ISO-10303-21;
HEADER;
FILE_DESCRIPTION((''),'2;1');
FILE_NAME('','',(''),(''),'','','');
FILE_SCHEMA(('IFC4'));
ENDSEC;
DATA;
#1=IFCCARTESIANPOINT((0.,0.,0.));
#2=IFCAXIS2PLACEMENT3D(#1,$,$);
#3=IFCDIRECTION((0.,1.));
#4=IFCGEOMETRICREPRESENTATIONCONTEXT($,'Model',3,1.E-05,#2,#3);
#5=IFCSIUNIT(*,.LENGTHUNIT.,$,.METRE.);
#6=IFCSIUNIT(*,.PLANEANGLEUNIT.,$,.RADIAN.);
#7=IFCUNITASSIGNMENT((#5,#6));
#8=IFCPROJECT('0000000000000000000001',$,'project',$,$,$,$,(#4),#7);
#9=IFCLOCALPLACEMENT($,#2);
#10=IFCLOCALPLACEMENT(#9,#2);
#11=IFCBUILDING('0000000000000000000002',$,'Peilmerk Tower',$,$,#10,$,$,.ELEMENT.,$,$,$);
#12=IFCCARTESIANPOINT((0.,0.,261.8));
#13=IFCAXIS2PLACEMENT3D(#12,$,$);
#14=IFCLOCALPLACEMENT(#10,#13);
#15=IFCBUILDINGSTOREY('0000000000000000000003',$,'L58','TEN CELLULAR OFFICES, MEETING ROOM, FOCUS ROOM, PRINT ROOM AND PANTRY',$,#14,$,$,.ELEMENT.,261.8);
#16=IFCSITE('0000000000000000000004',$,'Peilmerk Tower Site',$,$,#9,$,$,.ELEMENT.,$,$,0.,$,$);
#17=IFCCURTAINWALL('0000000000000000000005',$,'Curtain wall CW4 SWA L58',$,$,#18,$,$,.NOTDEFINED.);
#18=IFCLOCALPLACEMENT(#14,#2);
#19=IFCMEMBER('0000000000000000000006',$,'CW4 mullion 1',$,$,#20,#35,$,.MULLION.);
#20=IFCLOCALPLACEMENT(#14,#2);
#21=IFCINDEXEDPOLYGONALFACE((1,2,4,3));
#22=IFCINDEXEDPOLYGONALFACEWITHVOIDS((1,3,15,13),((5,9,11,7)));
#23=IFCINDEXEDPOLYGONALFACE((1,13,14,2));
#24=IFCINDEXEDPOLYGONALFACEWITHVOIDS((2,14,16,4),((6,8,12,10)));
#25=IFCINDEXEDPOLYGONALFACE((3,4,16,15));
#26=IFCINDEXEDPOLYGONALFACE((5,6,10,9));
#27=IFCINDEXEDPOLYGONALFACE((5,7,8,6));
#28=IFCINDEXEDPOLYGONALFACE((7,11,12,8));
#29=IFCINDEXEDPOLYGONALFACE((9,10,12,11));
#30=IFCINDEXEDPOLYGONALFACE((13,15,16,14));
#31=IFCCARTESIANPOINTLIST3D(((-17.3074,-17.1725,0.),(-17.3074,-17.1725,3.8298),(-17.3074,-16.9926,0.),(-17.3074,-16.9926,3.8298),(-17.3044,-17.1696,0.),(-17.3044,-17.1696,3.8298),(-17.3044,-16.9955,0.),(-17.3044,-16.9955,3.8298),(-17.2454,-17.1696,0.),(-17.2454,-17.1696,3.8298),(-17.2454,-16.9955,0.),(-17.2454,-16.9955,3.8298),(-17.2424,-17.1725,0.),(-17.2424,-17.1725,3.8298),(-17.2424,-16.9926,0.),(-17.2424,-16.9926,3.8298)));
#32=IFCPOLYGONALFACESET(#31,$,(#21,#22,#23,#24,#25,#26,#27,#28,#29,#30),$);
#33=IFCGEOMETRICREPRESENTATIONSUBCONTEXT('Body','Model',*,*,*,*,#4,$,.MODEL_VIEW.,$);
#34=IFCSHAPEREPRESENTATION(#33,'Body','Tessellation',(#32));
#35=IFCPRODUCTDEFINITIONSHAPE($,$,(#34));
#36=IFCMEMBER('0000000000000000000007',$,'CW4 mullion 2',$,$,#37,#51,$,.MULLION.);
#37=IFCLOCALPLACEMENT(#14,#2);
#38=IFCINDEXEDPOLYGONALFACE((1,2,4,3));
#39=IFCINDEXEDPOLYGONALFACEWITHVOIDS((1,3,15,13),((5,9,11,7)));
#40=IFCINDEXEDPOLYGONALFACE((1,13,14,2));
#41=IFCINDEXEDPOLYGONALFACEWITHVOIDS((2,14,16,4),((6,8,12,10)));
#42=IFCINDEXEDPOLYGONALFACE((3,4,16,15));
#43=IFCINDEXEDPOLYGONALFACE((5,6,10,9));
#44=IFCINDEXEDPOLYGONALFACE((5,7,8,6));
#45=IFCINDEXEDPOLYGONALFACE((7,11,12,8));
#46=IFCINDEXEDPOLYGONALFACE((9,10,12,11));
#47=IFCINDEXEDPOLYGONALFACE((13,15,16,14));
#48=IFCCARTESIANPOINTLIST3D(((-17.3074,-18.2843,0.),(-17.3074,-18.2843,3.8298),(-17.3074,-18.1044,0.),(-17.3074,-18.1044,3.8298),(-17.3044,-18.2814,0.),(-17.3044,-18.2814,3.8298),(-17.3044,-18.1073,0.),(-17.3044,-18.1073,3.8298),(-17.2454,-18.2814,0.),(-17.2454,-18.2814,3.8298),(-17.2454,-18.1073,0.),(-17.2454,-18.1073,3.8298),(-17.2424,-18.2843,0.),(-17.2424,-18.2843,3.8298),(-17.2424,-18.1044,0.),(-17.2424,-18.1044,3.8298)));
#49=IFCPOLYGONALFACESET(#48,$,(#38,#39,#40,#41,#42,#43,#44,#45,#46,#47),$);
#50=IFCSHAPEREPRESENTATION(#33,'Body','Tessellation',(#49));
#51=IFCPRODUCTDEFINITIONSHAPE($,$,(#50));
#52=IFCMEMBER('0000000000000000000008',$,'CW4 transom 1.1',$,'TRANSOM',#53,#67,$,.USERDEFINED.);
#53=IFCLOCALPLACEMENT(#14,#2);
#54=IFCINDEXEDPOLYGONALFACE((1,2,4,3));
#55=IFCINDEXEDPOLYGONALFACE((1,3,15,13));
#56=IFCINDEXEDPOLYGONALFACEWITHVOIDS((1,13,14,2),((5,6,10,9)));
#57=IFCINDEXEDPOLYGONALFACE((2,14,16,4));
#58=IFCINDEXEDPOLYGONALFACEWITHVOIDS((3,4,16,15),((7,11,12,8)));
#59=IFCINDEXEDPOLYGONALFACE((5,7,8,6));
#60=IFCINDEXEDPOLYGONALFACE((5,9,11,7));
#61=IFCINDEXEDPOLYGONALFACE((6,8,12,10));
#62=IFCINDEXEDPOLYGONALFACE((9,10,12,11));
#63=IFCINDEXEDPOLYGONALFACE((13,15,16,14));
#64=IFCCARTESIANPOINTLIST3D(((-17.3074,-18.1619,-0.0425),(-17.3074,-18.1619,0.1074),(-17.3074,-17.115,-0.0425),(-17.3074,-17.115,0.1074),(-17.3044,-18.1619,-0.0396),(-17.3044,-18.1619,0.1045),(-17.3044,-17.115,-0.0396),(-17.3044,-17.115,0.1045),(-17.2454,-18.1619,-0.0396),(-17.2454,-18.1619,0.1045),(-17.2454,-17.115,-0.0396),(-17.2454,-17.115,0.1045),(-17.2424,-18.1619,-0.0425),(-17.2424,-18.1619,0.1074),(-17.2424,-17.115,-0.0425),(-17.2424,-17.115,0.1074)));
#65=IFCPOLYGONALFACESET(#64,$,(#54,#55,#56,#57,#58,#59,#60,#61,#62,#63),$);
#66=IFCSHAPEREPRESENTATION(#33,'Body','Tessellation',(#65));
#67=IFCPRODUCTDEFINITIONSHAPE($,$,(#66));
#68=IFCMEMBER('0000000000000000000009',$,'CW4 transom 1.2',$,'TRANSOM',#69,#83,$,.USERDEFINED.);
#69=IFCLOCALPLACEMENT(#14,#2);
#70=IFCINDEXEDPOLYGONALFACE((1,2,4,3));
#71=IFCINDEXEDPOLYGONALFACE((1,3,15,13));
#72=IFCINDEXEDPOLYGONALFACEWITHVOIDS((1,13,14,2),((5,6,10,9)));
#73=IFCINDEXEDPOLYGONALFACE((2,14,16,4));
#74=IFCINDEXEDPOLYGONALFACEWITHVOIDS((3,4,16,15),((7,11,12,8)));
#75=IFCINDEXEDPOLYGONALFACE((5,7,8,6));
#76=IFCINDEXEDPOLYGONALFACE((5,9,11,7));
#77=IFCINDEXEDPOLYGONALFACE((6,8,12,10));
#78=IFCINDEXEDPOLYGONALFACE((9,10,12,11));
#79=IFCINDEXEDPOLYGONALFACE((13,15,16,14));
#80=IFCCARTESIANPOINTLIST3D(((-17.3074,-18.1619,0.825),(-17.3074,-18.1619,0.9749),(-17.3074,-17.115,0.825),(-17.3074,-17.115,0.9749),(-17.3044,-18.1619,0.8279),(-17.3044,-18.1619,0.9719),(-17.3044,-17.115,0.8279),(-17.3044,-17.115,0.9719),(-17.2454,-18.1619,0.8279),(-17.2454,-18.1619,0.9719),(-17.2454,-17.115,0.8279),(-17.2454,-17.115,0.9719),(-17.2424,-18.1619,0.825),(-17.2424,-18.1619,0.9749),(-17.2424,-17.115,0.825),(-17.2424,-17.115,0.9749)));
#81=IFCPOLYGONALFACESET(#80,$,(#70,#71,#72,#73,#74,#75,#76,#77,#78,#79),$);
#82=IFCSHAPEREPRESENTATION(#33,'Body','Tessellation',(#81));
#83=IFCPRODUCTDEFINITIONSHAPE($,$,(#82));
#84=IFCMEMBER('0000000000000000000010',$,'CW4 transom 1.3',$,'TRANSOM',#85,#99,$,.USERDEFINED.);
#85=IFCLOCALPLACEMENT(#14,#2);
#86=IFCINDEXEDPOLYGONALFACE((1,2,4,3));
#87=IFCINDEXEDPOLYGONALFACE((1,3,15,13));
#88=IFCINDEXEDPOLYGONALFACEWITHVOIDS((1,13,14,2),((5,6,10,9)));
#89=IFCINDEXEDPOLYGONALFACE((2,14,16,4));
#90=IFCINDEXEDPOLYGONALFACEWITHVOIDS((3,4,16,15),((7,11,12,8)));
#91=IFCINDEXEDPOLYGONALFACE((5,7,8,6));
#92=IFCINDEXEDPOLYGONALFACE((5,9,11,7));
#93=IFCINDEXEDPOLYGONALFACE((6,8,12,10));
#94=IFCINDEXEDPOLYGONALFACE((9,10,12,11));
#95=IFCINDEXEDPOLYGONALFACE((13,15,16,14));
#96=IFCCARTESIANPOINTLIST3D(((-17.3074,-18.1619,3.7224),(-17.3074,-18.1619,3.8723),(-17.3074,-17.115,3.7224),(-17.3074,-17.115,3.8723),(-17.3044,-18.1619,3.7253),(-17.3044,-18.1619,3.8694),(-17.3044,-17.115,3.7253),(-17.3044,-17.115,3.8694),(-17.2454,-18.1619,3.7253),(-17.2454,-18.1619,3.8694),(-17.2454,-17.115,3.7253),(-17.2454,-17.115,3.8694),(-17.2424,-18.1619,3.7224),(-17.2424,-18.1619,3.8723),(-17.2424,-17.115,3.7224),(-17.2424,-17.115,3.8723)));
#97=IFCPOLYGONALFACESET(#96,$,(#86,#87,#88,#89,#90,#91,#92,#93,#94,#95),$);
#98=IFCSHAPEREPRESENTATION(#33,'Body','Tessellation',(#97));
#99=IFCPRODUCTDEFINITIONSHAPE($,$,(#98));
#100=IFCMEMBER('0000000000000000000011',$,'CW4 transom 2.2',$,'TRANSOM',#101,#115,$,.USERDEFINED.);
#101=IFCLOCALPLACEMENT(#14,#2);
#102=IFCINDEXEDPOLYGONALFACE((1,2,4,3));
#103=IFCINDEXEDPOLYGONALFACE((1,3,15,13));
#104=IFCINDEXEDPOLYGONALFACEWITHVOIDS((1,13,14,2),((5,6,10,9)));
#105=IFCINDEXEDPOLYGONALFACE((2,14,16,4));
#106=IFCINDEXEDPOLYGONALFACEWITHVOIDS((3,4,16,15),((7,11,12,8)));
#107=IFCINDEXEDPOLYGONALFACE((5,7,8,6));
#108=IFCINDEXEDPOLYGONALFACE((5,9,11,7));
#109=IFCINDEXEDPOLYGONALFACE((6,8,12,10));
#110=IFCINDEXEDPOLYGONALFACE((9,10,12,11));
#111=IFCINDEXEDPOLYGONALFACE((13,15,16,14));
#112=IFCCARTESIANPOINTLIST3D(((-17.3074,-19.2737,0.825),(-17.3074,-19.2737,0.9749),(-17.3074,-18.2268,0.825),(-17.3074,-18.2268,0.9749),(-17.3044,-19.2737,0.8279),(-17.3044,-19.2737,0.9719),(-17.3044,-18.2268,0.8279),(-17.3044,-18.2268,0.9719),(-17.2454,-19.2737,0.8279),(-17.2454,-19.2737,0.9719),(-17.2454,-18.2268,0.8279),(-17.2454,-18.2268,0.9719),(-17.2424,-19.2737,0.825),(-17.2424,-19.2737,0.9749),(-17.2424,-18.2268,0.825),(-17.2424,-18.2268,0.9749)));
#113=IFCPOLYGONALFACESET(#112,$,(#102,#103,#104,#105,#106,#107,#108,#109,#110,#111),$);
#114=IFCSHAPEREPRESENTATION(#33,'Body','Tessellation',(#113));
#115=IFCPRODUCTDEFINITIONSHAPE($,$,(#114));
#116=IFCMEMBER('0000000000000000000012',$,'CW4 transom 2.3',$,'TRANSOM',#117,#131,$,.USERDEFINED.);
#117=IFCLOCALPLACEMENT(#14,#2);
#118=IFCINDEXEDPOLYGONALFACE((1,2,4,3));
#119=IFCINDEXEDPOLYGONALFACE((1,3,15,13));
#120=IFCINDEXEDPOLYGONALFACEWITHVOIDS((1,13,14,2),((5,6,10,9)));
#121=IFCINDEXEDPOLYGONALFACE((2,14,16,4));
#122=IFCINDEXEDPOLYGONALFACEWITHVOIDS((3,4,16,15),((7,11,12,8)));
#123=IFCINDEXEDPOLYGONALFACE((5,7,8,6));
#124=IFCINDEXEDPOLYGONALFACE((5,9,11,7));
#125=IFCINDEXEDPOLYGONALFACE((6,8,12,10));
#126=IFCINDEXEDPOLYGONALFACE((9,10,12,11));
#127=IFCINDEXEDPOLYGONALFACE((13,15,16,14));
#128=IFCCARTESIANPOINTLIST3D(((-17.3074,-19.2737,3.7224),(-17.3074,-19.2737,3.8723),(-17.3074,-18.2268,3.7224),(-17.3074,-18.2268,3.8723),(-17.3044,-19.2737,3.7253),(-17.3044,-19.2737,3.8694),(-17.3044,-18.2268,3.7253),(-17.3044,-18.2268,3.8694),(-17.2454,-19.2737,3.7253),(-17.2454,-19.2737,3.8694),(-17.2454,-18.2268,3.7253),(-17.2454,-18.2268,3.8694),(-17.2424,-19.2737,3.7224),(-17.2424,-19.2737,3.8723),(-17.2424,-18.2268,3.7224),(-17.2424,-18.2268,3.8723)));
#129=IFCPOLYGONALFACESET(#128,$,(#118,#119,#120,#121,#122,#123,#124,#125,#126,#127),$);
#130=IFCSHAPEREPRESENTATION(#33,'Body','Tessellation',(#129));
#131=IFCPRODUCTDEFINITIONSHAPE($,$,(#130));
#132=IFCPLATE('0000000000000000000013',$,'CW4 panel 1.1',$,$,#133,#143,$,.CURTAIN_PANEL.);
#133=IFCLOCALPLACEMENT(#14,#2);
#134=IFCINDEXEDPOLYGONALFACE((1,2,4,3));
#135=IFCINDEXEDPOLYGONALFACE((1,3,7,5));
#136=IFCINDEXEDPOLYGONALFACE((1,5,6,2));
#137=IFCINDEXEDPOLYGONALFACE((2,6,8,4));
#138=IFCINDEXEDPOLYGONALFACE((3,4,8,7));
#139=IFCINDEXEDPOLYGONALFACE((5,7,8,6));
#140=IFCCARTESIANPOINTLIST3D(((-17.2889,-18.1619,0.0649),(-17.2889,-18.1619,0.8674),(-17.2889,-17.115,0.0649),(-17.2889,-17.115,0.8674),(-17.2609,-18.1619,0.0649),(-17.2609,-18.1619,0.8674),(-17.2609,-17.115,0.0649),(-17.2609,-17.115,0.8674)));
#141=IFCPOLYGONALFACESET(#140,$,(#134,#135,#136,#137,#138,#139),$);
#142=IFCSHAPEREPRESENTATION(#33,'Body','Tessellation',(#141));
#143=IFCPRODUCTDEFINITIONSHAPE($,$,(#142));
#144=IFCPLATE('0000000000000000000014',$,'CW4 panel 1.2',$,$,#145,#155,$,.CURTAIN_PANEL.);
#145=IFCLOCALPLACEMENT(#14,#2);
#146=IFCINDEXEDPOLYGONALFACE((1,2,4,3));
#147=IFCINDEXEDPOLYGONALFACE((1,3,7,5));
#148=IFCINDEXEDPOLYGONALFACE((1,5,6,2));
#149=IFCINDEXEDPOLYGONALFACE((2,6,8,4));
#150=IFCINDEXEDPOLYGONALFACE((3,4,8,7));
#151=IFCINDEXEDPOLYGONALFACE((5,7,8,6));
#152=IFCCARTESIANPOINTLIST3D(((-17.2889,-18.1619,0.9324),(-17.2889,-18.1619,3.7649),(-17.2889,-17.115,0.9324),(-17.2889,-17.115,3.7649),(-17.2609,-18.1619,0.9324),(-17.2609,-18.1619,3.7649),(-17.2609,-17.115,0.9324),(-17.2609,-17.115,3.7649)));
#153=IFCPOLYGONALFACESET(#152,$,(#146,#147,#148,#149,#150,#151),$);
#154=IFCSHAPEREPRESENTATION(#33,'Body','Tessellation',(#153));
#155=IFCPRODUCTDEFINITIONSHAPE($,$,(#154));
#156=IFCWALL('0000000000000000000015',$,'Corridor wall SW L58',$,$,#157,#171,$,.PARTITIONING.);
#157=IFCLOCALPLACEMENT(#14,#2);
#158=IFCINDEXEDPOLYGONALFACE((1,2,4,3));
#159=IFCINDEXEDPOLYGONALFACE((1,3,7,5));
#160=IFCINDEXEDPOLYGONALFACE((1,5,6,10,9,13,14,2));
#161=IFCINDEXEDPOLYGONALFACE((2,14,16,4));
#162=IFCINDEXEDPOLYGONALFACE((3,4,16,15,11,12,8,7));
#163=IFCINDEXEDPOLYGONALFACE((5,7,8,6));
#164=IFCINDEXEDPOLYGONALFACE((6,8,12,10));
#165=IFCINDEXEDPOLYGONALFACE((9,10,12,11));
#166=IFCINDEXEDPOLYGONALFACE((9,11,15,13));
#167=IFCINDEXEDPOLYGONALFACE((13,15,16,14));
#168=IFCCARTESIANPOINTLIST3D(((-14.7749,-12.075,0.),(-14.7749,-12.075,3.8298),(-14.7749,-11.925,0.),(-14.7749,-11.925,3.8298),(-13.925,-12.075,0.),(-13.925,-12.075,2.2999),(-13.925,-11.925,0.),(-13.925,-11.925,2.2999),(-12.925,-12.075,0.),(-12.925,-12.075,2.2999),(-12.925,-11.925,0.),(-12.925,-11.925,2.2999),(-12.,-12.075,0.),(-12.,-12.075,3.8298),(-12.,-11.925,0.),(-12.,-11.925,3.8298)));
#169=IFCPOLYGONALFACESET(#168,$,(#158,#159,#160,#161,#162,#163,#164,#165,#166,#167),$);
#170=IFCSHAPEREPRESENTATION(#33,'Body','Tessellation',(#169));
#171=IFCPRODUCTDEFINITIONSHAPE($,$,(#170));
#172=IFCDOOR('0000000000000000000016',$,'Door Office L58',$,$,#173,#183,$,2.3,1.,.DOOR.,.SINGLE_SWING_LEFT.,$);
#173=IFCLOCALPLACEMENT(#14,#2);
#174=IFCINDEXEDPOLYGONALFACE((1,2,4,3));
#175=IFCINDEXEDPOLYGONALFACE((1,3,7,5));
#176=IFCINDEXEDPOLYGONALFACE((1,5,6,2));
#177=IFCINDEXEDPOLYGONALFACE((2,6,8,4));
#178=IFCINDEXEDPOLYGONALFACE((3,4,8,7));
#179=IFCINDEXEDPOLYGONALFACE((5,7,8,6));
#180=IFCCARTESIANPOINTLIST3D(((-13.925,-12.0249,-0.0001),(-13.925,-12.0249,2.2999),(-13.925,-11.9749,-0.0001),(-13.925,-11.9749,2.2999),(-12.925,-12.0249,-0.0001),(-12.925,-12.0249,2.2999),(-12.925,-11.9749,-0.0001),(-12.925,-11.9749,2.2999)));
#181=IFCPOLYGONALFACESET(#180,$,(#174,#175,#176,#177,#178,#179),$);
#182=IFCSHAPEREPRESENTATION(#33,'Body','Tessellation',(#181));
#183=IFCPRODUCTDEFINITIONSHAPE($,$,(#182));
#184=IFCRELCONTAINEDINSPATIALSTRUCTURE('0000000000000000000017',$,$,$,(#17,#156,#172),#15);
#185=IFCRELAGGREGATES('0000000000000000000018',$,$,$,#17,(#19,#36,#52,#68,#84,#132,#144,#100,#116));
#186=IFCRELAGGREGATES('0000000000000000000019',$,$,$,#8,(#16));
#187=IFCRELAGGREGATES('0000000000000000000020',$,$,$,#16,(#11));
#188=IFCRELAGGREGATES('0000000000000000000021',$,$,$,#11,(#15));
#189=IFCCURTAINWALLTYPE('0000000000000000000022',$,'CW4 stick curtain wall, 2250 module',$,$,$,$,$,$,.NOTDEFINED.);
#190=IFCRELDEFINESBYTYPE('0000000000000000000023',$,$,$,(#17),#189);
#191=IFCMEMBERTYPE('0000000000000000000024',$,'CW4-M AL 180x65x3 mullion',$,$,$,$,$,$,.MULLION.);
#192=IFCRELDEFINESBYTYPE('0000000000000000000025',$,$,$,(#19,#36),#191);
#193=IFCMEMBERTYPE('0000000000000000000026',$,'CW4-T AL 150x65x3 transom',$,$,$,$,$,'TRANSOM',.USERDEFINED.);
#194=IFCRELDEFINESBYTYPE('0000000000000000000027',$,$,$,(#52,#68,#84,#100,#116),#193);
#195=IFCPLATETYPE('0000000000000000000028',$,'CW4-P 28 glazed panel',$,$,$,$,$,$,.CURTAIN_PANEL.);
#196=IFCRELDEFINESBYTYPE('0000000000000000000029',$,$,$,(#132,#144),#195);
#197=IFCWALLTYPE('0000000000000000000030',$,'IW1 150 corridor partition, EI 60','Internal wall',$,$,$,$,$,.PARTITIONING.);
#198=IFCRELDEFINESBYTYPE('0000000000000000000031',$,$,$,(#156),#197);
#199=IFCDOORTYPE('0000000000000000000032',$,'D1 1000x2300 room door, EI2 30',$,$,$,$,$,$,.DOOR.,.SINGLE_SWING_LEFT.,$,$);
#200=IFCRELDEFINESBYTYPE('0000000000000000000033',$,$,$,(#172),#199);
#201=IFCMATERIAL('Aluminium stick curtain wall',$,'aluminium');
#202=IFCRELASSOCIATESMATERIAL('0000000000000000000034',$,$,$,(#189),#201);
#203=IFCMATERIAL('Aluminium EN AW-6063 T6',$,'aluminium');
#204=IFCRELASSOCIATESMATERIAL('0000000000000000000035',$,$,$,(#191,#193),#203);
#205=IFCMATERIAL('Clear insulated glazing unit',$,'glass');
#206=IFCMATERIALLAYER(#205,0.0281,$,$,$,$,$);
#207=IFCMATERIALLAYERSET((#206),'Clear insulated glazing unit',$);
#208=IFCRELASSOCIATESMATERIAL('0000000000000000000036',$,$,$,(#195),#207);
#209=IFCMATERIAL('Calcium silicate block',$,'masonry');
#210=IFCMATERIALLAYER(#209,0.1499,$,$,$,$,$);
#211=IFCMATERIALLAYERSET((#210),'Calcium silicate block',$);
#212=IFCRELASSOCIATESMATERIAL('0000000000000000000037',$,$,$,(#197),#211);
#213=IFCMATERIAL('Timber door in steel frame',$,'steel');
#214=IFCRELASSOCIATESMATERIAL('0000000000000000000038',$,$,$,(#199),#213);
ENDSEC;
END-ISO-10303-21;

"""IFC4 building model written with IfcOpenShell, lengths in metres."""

from ifc_helpers import new_model, si_unit, direction, frame, frame_2d, origin, origin_2d, place, context, subcontext, project, spatial, rectangle, hollow_rectangle, extrude, material, layer, layer_set, material_profile, profile_set, type_object, element, fill, aggregate, save


model = new_model("IFC4")

# Units and contexts
model_context = context("Model", 3, precision=1e-05, world=origin(), true_north=direction((0.0, 1.0)))
body_context = subcontext(model_context, "Body", "Model", "MODEL_VIEW")
ifc_project = project(units=[si_unit("LENGTHUNIT", "METRE"), si_unit("PLANEANGLEUNIT", "RADIAN")], contexts=[model_context])

# Site, building, storey
site_placement = place(None, origin())
site = spatial("IfcSite", under=ifc_project, at=site_placement, Name="Peilmerk Tower Site", CompositionType="ELEMENT", RefElevation=0.0)
building_placement = place(site_placement, origin())
building = spatial("IfcBuilding", under=site, at=building_placement, Name="Peilmerk Tower", CompositionType="ELEMENT")
storey_placement = place(building_placement, frame((0.0, 0.0, 261.8)))
storey = spatial("IfcBuildingStorey", under=building, at=storey_placement, Name="L58", Description="TEN CELLULAR OFFICES, MEETING ROOM, FOCUS ROOM, PRINT ROOM AND PANTRY", CompositionType="ELEMENT", Elevation=261.8)

# Curtain wall, members, plates
ifc_material_1 = material(Name="Aluminium stick curtain wall", Category="aluminium")
curtain_wall_type = type_object("IfcCurtainWallType", Name="CW4 stick curtain wall, 2250 module", PredefinedType="NOTDEFINED", material=ifc_material_1)
curtain_wall_placement = place(storey_placement, origin())
curtain_wall = element("IfcCurtainWall", 1, at=curtain_wall_placement, inside=storey, type_object=curtain_wall_type, Name="Curtain wall CW4 SWA L58", PredefinedType="NOTDEFINED")
ifc_material_2 = material(Name="Aluminium EN AW-6063 T6", Category="aluminium")
ifc_material_profile_1 = material_profile(ifc_material_2, hollow_rectangle(XDim=0.0649, YDim=0.1799, WallThickness=0.0029, at=origin_2d()), Name="AL 180x65x3")
ifc_profile_set_1 = profile_set([ifc_material_profile_1], Name="Aluminium EN AW-6063 T6")
member_type_1 = type_object("IfcMemberType", Name="CW4-M AL 180x65x3 mullion", PredefinedType="MULLION", material=ifc_profile_set_1)
member_1_placement = place(storey_placement, frame((-17.2749, -17.0825, 0.0), z_axis=(0.0, 0.0, 1.0), x_axis=(1.0, 0.0, 0.0)))
member_1 = element("IfcMember", 2, at=member_1_placement, type_object=member_type_1, Name="CW4 mullion 1", PredefinedType="MULLION", context=body_context, shape_type="SweptSolid", body=[
    extrude(hollow_rectangle(XDim=0.0649, YDim=0.1799, WallThickness=0.0029, at=origin_2d()), origin(), (0.0, 0.0, 1.0), 3.8298),
])
member_2_placement = place(storey_placement, frame((-17.2749, -18.1943, 0.0), z_axis=(0.0, 0.0, 1.0), x_axis=(1.0, 0.0, 0.0)))
member_2 = element("IfcMember", 3, at=member_2_placement, type_object=member_type_1, Name="CW4 mullion 2", PredefinedType="MULLION", context=body_context, shape_type="SweptSolid", body=[
    extrude(hollow_rectangle(XDim=0.0649, YDim=0.1799, WallThickness=0.0029, at=origin_2d()), origin(), (0.0, 0.0, 1.0), 3.8298),
])
ifc_material_profile_2 = material_profile(ifc_material_2, hollow_rectangle(XDim=0.0649, YDim=0.1499, WallThickness=0.0029, at=origin_2d()), Name="AL 150x65x3")
ifc_profile_set_2 = profile_set([ifc_material_profile_2], Name="Aluminium EN AW-6063 T6")
member_type_2 = type_object("IfcMemberType", Name="CW4-T AL 150x65x3 transom", ElementType="TRANSOM", PredefinedType="USERDEFINED", material=ifc_profile_set_2)
member_3_placement = place(storey_placement, frame((-17.2749, -17.115, 0.0325), z_axis=(0.0, -1.0, 0.0), x_axis=(1.0, 0.0, 0.0)))
member_3 = element("IfcMember", 4, at=member_3_placement, type_object=member_type_2, Name="CW4 transom 1.1", ObjectType="TRANSOM", PredefinedType="USERDEFINED", context=body_context, shape_type="SweptSolid", body=[
    extrude(hollow_rectangle(XDim=0.0649, YDim=0.1499, WallThickness=0.0029, at=origin_2d()), origin(), (0.0, 0.0, 1.0), 1.0469),
])
member_4_placement = place(storey_placement, frame((-17.2749, -17.115, 0.8999), z_axis=(0.0, -1.0, 0.0), x_axis=(1.0, 0.0, 0.0)))
member_4 = element("IfcMember", 5, at=member_4_placement, type_object=member_type_2, Name="CW4 transom 1.2", ObjectType="TRANSOM", PredefinedType="USERDEFINED", context=body_context, shape_type="SweptSolid", body=[
    extrude(hollow_rectangle(XDim=0.0649, YDim=0.1499, WallThickness=0.0029, at=origin_2d()), origin(), (0.0, 0.0, 1.0), 1.0469),
])
member_5_placement = place(storey_placement, frame((-17.2749, -17.115, 3.7974), z_axis=(0.0, -1.0, 0.0), x_axis=(1.0, 0.0, 0.0)))
member_5 = element("IfcMember", 6, at=member_5_placement, type_object=member_type_2, Name="CW4 transom 1.3", ObjectType="TRANSOM", PredefinedType="USERDEFINED", context=body_context, shape_type="SweptSolid", body=[
    extrude(hollow_rectangle(XDim=0.0649, YDim=0.1499, WallThickness=0.0029, at=origin_2d()), origin(), (0.0, 0.0, 1.0), 1.0469),
])
member_6_placement = place(storey_placement, frame((-17.2749, -18.2268, 0.8999), z_axis=(0.0, -1.0, 0.0), x_axis=(1.0, 0.0, 0.0)))
member_6 = element("IfcMember", 7, at=member_6_placement, type_object=member_type_2, Name="CW4 transom 2.2", ObjectType="TRANSOM", PredefinedType="USERDEFINED", context=body_context, shape_type="SweptSolid", body=[
    extrude(hollow_rectangle(XDim=0.0649, YDim=0.1499, WallThickness=0.0029, at=origin_2d()), origin(), (0.0, 0.0, 1.0), 1.0469),
])
member_7_placement = place(storey_placement, frame((-17.2749, -18.2268, 3.7974), z_axis=(0.0, -1.0, 0.0), x_axis=(1.0, 0.0, 0.0)))
member_7 = element("IfcMember", 8, at=member_7_placement, type_object=member_type_2, Name="CW4 transom 2.3", ObjectType="TRANSOM", PredefinedType="USERDEFINED", context=body_context, shape_type="SweptSolid", body=[
    extrude(hollow_rectangle(XDim=0.0649, YDim=0.1499, WallThickness=0.0029, at=origin_2d()), origin(), (0.0, 0.0, 1.0), 1.0469),
])
ifc_material_3 = material(Name="Clear insulated glazing unit", Category="glass")
ifc_layer_1 = layer(ifc_material_3, 0.0281)
ifc_layer_set_1 = layer_set([ifc_layer_1], Name="Clear insulated glazing unit")
plate_type = type_object("IfcPlateType", Name="CW4-P 28 glazed panel", PredefinedType="CURTAIN_PANEL", material=ifc_layer_set_1)
plate_1_placement = place(storey_placement, frame((-17.2749, -17.6384, 0.0649), z_axis=(0.0, 0.0, 1.0), x_axis=(0.0, -1.0, 0.0)))
plate_1 = element("IfcPlate", 9, at=plate_1_placement, type_object=plate_type, Name="CW4 panel 1.1", PredefinedType="CURTAIN_PANEL", context=body_context, shape_type="SweptSolid", body=[
    extrude(rectangle(XDim=1.0469, YDim=0.0281, at=origin_2d()), origin(), (0.0, 0.0, 1.0), 0.8025),
])
plate_2_placement = place(storey_placement, frame((-17.2749, -17.6384, 0.9324), z_axis=(0.0, 0.0, 1.0), x_axis=(0.0, -1.0, 0.0)))
plate_2 = element("IfcPlate", 10, at=plate_2_placement, type_object=plate_type, Name="CW4 panel 1.2", PredefinedType="CURTAIN_PANEL", context=body_context, shape_type="SweptSolid", body=[
    extrude(rectangle(XDim=1.0469, YDim=0.0281, at=origin_2d()), origin(), (0.0, 0.0, 1.0), 2.8325),
])
aggregate(curtain_wall, [member_1, member_2, member_3, member_4, member_5, plate_1, plate_2, member_6, member_7])

# Wall, opening, door
ifc_material_4 = material(Name="Calcium silicate block", Category="masonry")
ifc_layer_2 = layer(ifc_material_4, 0.1499)
ifc_layer_set_2 = layer_set([ifc_layer_2], Name="Calcium silicate block")
wall_type_1 = type_object("IfcWallType", Name="IW1 150 corridor partition, EI 60", Description="Internal wall", PredefinedType="PARTITIONING", material=ifc_layer_set_2)
wall_1_placement = place(storey_placement, frame((-12.0, -12.0, 0.0), z_axis=(0.0, 0.0, 1.0), x_axis=(-1.0, 0.0, 0.0)))
wall_1 = element("IfcWall", 11, at=wall_1_placement, inside=storey, type_object=wall_type_1, Name="Corridor wall SW L58", PredefinedType="PARTITIONING", context=body_context, shape_type="SweptSolid", body=[
    extrude(rectangle(XDim=2.7749, YDim=0.1499, at=frame_2d((1.3875, 0.0))), origin(), (0.0, 0.0, 1.0), 3.8298),
])
opening_placement = place(wall_1_placement, frame((0.925, 0.0, 0.0)))
opening = element("IfcOpeningElement", 12, at=opening_placement, cuts=wall_1, PredefinedType="OPENING", context=body_context, shape_type="SweptSolid", body=[
    extrude(rectangle(XDim=1.0, YDim=2.3, at=frame_2d((0.5, 1.1499))), frame((0.0, 0.085, 0.0), z_axis=(0.0, -1.0, 0.0), x_axis=(1.0, 0.0, 0.0)), (0.0, 0.0, 1.0), 0.1699),
])
ifc_material_5 = material(Name="Timber door in steel frame", Category="steel")
door_type = type_object("IfcDoorType", Name="D1 1000x2300 room door, EI2 30", OperationType="SINGLE_SWING_LEFT", PredefinedType="DOOR", material=ifc_material_5)
door_placement = place(opening_placement, origin())
door = element("IfcDoor", 13, at=door_placement, inside=storey, type_object=door_type, Name="Door Office L58", OperationType="SINGLE_SWING_LEFT", OverallHeight=2.3, OverallWidth=1.0, PredefinedType="DOOR", context=body_context, shape_type="SweptSolid", body=[
    extrude(rectangle(XDim=1.0, YDim=2.3, at=frame_2d((0.5, 1.1499))), frame((0.0, 0.0249, 0.0), z_axis=(0.0, -1.0, 0.0), x_axis=(1.0, 0.0, 0.0)), (0.0, 0.0, 1.0), 0.05),
])
fill(opening, door)

save(model, "model.ifc")
